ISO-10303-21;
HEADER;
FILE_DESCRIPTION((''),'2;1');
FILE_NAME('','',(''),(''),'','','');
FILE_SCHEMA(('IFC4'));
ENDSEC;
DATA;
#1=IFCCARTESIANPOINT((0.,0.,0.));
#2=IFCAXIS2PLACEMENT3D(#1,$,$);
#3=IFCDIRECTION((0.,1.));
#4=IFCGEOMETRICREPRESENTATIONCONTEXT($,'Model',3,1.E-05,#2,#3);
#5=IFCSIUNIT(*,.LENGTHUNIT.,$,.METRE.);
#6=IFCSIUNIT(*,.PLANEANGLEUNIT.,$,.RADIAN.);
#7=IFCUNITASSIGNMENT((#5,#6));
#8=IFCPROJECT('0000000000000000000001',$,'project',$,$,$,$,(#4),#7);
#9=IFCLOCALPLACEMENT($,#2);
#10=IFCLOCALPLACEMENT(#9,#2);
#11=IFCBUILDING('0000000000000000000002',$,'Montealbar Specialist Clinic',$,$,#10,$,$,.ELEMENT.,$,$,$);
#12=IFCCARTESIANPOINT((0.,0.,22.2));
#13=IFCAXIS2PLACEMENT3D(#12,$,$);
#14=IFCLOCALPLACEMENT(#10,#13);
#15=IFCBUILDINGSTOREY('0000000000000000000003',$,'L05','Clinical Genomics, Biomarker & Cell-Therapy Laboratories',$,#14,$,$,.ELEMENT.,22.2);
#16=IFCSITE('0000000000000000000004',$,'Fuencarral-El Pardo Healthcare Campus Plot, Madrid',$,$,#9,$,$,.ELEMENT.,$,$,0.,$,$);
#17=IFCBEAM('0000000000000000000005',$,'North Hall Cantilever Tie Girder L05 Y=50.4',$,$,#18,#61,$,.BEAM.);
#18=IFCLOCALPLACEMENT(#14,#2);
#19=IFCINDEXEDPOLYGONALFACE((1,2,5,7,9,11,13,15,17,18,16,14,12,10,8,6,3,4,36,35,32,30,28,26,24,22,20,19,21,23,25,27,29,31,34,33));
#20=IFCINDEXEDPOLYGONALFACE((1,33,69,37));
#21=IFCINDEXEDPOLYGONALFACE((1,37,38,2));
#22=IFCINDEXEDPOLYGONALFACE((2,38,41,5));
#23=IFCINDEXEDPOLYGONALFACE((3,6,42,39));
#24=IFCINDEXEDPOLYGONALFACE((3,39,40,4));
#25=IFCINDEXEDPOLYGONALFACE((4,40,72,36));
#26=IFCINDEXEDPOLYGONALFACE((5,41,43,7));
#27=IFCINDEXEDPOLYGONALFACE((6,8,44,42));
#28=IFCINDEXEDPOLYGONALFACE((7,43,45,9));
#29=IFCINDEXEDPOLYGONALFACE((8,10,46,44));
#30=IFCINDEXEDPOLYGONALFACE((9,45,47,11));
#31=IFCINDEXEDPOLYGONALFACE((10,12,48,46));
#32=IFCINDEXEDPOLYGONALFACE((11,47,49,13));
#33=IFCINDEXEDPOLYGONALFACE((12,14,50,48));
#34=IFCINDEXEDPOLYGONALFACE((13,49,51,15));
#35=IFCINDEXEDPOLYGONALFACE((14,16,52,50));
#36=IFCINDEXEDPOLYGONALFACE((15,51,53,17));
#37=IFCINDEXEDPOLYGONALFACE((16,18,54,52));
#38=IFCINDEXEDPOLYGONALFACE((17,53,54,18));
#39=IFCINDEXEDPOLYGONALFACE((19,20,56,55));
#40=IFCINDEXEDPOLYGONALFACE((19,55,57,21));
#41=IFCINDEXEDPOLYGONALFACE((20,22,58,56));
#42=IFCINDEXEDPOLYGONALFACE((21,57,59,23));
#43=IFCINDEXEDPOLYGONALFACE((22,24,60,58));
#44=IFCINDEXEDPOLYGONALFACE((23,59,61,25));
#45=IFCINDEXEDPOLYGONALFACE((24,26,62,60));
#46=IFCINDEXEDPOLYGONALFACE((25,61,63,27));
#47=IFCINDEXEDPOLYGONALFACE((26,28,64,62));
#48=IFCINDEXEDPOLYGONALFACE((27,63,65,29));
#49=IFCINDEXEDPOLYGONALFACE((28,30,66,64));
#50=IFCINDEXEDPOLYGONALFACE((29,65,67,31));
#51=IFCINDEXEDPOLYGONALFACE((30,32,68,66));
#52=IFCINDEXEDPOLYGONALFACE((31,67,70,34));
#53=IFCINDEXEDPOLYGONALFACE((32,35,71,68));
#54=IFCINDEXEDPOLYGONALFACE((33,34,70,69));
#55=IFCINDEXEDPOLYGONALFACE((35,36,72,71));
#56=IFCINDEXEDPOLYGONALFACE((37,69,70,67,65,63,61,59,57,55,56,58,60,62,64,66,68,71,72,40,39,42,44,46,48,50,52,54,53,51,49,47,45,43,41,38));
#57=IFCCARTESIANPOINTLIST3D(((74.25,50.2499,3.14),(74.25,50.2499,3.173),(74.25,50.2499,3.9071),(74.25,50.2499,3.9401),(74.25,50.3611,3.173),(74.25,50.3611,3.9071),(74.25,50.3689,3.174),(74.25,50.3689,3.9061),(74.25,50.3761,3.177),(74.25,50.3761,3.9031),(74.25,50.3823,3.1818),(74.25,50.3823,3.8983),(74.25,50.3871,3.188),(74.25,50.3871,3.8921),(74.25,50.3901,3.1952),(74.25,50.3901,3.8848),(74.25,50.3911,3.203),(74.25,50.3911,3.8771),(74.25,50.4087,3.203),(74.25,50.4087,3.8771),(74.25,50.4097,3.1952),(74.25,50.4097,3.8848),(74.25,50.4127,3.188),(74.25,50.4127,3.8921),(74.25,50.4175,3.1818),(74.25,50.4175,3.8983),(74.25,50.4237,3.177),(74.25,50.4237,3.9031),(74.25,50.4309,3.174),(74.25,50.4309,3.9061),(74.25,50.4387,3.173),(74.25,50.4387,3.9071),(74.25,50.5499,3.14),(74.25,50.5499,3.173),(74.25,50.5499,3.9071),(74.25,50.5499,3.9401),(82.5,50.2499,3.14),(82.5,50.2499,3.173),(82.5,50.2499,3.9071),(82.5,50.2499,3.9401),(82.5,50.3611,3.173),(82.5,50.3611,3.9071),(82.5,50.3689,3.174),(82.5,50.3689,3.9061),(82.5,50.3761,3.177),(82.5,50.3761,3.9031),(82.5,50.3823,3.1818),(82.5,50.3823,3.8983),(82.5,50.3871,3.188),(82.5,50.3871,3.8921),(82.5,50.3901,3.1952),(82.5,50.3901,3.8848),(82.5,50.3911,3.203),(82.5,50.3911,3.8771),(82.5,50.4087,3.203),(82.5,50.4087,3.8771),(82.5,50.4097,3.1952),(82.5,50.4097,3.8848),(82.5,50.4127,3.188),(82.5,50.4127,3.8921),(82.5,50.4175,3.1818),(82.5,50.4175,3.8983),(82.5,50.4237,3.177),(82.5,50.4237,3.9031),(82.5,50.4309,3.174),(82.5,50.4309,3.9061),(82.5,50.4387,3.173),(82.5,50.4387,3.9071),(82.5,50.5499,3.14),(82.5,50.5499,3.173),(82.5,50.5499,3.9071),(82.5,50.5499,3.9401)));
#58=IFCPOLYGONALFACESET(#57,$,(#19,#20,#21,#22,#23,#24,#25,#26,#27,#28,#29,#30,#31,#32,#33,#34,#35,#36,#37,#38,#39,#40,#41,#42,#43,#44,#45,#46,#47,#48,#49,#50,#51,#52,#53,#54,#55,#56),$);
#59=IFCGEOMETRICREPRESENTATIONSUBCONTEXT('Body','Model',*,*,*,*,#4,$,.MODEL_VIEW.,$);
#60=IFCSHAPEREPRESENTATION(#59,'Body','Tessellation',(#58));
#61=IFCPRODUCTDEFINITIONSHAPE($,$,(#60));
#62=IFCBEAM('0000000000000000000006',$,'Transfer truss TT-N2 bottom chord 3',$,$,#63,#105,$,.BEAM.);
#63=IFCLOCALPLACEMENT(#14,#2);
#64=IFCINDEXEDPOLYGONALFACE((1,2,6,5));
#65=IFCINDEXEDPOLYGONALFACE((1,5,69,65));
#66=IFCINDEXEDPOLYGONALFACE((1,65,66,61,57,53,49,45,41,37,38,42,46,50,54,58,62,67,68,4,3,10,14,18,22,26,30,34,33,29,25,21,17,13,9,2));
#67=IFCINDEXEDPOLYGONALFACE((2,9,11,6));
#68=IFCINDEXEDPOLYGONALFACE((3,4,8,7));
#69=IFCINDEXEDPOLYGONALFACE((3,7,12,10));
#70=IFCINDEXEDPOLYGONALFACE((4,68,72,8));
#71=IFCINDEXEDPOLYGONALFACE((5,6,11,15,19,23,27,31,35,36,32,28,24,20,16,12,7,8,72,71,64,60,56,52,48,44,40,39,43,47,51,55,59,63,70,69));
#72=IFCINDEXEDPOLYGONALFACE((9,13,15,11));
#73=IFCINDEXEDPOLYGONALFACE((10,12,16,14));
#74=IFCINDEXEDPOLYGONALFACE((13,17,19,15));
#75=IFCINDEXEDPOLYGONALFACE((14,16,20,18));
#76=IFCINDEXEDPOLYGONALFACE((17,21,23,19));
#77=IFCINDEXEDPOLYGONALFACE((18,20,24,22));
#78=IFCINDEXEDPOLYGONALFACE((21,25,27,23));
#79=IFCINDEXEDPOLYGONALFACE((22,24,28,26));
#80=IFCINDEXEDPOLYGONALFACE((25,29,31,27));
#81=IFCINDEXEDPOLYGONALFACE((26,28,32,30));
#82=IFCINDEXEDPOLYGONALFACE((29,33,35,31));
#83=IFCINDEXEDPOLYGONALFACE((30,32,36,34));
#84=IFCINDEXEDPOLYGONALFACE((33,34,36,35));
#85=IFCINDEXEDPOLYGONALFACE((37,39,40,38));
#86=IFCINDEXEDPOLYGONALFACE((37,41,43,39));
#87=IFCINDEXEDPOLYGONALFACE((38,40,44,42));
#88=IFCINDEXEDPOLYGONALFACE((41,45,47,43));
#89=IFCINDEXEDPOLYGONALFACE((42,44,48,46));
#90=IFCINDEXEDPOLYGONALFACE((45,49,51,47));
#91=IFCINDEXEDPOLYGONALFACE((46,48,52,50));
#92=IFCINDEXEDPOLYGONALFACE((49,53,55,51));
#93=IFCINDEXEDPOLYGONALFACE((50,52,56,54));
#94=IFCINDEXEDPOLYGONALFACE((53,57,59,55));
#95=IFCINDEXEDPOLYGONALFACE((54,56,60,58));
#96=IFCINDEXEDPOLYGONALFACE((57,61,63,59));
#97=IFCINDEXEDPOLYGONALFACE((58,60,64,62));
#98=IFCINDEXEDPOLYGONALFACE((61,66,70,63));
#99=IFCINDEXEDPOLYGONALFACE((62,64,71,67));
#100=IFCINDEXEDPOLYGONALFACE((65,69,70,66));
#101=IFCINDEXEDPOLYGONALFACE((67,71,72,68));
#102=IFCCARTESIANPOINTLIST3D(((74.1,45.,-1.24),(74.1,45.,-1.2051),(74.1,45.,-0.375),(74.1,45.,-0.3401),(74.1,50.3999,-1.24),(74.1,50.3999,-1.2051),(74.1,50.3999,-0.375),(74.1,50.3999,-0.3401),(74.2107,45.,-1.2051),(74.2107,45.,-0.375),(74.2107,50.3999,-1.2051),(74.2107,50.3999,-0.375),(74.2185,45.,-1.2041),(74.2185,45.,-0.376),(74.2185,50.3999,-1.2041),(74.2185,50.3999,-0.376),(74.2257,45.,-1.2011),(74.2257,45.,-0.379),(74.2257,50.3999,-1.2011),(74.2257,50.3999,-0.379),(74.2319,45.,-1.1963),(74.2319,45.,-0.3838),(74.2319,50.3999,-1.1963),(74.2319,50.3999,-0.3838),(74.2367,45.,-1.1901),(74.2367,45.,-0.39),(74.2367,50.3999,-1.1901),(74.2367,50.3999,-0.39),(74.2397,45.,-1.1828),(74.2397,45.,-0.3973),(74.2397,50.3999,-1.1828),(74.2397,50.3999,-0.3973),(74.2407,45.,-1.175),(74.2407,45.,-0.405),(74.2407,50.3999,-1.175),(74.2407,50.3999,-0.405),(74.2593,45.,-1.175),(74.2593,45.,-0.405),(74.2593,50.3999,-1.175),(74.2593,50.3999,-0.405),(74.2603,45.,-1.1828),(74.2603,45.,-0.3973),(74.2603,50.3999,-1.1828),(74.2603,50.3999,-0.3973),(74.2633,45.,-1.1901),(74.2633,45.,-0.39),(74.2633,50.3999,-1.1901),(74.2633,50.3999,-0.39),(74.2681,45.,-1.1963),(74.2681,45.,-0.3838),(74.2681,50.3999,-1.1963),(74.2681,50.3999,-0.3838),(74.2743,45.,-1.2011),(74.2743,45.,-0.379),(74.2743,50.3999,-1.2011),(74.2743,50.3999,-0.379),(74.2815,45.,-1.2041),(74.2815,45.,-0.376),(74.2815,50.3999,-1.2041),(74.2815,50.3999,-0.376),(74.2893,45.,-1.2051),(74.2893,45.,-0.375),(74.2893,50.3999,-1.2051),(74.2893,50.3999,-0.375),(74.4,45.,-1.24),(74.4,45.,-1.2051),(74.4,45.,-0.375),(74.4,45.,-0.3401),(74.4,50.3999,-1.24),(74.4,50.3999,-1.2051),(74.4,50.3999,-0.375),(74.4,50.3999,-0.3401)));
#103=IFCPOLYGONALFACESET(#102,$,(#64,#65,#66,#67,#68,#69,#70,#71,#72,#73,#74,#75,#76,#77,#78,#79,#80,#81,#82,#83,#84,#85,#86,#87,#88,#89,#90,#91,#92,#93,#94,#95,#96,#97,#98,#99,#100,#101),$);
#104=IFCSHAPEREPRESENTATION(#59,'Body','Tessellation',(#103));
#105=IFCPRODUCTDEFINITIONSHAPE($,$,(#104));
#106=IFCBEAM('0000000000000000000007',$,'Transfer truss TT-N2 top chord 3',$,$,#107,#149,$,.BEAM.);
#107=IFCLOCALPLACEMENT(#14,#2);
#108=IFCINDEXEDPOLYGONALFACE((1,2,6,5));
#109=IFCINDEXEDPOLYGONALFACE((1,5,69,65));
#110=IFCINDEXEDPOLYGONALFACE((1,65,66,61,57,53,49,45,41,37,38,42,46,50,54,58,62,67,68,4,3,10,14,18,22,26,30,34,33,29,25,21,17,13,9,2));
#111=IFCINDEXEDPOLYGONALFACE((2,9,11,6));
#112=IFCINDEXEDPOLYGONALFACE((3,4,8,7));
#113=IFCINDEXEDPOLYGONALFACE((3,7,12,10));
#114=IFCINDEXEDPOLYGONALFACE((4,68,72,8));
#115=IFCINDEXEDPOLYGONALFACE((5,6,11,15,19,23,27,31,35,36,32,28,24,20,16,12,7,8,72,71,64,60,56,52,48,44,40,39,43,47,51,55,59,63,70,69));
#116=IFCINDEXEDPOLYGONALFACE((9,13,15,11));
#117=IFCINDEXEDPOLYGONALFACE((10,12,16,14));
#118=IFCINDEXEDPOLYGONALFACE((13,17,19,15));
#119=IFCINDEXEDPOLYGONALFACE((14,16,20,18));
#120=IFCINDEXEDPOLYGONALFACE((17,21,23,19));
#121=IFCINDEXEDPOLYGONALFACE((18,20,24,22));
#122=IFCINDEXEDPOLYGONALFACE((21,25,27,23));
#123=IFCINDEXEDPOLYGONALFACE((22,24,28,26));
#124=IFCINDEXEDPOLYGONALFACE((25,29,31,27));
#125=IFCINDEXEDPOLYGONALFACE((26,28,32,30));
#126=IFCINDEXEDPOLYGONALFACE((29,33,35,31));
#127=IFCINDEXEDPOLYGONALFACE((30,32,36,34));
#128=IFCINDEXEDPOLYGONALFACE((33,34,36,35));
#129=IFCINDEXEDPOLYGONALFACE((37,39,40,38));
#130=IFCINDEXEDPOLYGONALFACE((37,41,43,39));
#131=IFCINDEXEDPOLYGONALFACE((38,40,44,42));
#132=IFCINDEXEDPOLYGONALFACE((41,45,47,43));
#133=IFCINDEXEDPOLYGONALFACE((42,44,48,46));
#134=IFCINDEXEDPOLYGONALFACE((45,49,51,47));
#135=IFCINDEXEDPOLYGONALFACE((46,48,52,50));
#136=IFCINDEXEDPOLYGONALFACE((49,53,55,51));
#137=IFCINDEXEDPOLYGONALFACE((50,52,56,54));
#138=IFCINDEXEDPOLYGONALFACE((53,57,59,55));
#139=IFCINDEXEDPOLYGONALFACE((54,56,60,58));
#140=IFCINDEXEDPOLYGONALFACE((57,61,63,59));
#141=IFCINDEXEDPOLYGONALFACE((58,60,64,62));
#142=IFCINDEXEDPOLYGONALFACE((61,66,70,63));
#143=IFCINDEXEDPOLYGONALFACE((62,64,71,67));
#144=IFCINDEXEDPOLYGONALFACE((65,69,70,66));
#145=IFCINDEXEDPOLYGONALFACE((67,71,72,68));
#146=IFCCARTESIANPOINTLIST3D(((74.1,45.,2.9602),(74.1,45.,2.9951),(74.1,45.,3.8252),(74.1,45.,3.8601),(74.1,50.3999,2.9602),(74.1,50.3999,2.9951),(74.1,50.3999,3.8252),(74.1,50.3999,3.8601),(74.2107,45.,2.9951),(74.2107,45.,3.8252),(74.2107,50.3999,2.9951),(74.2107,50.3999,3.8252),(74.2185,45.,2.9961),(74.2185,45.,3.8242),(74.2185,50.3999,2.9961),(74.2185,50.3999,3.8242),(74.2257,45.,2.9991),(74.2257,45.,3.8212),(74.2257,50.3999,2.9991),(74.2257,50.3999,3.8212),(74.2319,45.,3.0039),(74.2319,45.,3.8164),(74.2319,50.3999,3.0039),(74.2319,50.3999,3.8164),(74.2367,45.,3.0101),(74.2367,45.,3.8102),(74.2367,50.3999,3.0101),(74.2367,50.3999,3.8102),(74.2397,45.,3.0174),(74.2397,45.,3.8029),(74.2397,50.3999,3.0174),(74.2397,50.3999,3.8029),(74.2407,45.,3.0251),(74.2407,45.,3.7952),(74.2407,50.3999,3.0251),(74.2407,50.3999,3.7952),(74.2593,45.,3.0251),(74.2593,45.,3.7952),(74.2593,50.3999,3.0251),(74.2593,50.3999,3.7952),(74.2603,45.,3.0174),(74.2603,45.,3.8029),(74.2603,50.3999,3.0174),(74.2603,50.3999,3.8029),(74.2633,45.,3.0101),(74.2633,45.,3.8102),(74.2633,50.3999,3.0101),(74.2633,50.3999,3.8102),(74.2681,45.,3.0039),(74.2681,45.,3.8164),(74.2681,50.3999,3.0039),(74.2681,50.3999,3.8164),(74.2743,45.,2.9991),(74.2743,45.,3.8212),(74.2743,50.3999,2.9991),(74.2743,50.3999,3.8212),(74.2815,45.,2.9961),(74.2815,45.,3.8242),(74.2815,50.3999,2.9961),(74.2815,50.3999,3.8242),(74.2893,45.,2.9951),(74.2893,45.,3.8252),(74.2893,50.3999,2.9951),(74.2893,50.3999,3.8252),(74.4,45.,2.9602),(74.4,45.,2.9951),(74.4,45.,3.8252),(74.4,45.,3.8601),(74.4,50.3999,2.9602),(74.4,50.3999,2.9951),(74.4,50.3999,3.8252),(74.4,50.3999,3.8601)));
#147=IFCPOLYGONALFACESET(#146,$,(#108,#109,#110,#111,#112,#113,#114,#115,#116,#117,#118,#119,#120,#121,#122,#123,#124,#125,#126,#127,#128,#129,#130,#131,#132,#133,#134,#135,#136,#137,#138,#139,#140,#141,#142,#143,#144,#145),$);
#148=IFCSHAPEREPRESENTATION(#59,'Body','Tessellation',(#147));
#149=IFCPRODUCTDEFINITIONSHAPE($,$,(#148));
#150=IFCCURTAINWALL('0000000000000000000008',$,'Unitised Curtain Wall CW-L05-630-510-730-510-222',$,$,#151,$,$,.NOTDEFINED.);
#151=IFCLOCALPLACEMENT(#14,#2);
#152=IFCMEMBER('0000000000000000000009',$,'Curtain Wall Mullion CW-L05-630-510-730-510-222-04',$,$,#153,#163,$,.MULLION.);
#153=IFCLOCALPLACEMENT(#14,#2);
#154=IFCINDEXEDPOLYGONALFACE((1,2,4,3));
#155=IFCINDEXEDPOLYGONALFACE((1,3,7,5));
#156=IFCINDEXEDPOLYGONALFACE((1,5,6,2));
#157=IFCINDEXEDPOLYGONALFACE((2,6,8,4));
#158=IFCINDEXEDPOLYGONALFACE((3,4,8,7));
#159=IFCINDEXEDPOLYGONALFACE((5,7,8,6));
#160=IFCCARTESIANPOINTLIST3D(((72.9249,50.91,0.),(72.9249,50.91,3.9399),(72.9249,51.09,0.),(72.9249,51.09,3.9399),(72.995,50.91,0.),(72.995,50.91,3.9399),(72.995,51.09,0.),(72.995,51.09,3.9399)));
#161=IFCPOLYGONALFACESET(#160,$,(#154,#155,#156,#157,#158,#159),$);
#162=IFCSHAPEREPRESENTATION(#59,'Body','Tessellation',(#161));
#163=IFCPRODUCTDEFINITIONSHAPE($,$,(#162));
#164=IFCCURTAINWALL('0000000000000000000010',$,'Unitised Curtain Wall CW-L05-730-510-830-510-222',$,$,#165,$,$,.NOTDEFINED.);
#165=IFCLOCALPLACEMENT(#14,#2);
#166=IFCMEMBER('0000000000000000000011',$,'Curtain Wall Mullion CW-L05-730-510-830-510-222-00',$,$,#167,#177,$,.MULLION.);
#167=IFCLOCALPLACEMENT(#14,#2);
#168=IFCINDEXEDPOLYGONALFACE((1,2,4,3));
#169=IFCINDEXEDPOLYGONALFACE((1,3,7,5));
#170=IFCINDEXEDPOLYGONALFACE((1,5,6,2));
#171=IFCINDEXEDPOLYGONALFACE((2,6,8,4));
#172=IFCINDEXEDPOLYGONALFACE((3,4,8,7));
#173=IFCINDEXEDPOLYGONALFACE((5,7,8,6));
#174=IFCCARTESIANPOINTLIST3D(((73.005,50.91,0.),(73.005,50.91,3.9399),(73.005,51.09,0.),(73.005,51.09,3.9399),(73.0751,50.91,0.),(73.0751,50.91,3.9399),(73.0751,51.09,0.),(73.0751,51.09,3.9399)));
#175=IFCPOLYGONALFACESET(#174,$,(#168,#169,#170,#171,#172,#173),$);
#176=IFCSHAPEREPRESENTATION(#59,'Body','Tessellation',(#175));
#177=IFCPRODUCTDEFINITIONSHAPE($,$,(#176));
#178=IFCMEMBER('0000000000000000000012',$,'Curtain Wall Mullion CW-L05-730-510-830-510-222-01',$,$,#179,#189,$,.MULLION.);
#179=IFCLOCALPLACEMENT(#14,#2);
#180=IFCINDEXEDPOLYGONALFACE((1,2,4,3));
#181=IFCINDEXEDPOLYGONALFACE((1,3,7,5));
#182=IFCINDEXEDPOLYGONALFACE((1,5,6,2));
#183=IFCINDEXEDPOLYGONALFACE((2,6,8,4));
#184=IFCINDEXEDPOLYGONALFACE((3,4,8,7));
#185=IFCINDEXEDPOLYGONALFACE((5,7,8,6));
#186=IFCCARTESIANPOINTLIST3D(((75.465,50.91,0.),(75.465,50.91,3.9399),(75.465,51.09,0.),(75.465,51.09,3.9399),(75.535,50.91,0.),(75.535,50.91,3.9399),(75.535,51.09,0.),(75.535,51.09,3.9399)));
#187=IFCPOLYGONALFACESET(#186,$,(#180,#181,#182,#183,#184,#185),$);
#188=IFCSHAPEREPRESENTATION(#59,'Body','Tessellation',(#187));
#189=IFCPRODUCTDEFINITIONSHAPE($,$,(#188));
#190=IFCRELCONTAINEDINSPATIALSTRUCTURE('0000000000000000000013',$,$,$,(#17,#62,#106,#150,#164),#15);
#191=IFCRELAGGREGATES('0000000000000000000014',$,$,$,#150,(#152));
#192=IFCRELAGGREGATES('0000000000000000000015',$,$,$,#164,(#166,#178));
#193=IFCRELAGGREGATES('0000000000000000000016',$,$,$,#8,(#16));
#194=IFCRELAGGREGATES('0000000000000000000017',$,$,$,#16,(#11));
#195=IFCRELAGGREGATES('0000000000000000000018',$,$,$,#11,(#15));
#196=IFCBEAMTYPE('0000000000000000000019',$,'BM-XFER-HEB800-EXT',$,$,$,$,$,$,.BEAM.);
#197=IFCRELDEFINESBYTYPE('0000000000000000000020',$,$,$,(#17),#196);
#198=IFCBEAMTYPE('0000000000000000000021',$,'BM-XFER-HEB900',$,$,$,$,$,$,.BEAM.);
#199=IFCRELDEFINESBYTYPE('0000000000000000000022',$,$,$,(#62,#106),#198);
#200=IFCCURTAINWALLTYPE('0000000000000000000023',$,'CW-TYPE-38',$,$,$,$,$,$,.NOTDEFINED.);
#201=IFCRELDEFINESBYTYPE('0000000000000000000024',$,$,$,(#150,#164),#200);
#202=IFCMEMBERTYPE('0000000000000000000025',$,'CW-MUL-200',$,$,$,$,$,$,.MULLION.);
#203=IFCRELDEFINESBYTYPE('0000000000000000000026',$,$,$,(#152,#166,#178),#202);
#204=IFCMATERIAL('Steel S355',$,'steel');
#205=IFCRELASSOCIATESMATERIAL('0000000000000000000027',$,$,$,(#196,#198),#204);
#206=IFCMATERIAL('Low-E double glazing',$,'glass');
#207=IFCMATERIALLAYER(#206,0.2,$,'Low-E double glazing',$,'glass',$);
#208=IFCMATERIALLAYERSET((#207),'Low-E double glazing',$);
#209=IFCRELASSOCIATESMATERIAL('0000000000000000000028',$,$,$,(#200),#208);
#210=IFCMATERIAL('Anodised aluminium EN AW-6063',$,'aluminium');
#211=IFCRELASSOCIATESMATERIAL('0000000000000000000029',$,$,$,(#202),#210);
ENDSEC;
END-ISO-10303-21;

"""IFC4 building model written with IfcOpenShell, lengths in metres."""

from ifc_helpers import new_model, si_unit, direction, frame, origin, origin_2d, place, context, subcontext, project, spatial, rectangle, i_section, extrude, material, layer, layer_set, material_profile, profile_set, type_object, element, aggregate, save


model = new_model("IFC4")

# Units and contexts
model_context = context("Model", 3, precision=1e-05, world=origin(), true_north=direction((0.0, 1.0)))
body_context = subcontext(model_context, "Body", "Model", "MODEL_VIEW")
ifc_project = project(units=[si_unit("LENGTHUNIT", "METRE"), si_unit("PLANEANGLEUNIT", "RADIAN")], contexts=[model_context])

# Site, building, storey
site_placement = place(None, origin())
site = spatial("IfcSite", under=ifc_project, at=site_placement, Name="Fuencarral-El Pardo Healthcare Campus Plot, Madrid", CompositionType="ELEMENT", RefElevation=0.0)
building_placement = place(site_placement, origin())
building = spatial("IfcBuilding", under=site, at=building_placement, Name="Montealbar Specialist Clinic", CompositionType="ELEMENT")
storey_placement = place(building_placement, frame((0.0, 0.0, 22.2)))
storey = spatial("IfcBuildingStorey", under=building, at=storey_placement, Name="L05", Description="Clinical Genomics, Biomarker & Cell-Therapy Laboratories", CompositionType="ELEMENT", Elevation=22.2)

# Shared definitions
ifc_material_1 = material(Name="Steel S355", Category="steel")

# Beams
ifc_material_profile_1 = material_profile(ifc_material_1, i_section(OverallWidth=0.3, OverallDepth=0.8, WebThickness=0.0176, FlangeThickness=0.033, FilletRadius=0.03, at=origin_2d()), Name="HEB 800", Category="steel")
ifc_profile_set_1 = profile_set([ifc_material_profile_1], Name="Steel S355")
beam_type_1 = type_object("IfcBeamType", Name="BM-XFER-HEB800-EXT", PredefinedType="BEAM", material=ifc_profile_set_1)
beam_1_placement = place(storey_placement, frame((74.25, 50.3999, 3.54), z_axis=(1.0, 0.0, 0.0), x_axis=(0.0, 1.0, 0.0)))
element("IfcBeam", 1, at=beam_1_placement, inside=storey, type_object=beam_type_1, Name="North Hall Cantilever Tie Girder L05 Y=50.4", PredefinedType="BEAM", context=body_context, shape_type="SweptSolid", body=[
    extrude(i_section(OverallWidth=0.3, OverallDepth=0.8, WebThickness=0.0176, FlangeThickness=0.033, FilletRadius=0.03, at=origin_2d()), origin(), (0.0, 0.0, 1.0), 8.25),
])
ifc_material_profile_2 = material_profile(ifc_material_1, i_section(OverallWidth=0.3, OverallDepth=0.8999, WebThickness=0.0186, FlangeThickness=0.0349, FilletRadius=0.03, at=origin_2d()), Name="HEB 900", Category="steel")
ifc_profile_set_2 = profile_set([ifc_material_profile_2], Name="Steel S355")
beam_type_2 = type_object("IfcBeamType", Name="BM-XFER-HEB900", PredefinedType="BEAM", material=ifc_profile_set_2)
for number, where, z_axis, x_axis, name in (
    (2, (74.25, 45.0, -0.79), (0.0, 1.0, 0.0), (-1.0, 0.0, 0.0), "Transfer truss TT-N2 bottom chord 3"),
    (3, (74.25, 45.0, 3.4102), (0.0, 1.0, 0.0), (-1.0, 0.0, 0.0), "Transfer truss TT-N2 top chord 3"),
):
    element("IfcBeam", number, at=place(storey_placement, frame(where, z_axis=z_axis, x_axis=x_axis)), inside=storey, type_object=beam_type_2, Name=name, PredefinedType="BEAM", context=body_context, shape_type="SweptSolid", body=[
        extrude(i_section(OverallWidth=0.3, OverallDepth=0.8999, WebThickness=0.0186, FlangeThickness=0.0349, FilletRadius=0.03, at=origin_2d()), origin(), (0.0, 0.0, 1.0), 5.3999),
    ])

# Curtain wall, member
ifc_material_2 = material(Name="Low-E double glazing", Category="glass")
ifc_layer_1 = layer(ifc_material_2, 0.2, Name="Low-E double glazing", Category="glass")
ifc_layer_set_1 = layer_set([ifc_layer_1], Name="Low-E double glazing")
curtain_wall_type = type_object("IfcCurtainWallType", Name="CW-TYPE-38", PredefinedType="NOTDEFINED", material=ifc_layer_set_1)
curtain_wall_1_placement = place(storey_placement, origin())
curtain_wall_1 = element("IfcCurtainWall", 4, at=curtain_wall_1_placement, inside=storey, type_object=curtain_wall_type, Name="Unitised Curtain Wall CW-L05-630-510-730-510-222", PredefinedType="NOTDEFINED")
ifc_material_3 = material(Name="Anodised aluminium EN AW-6063", Category="aluminium")
ifc_material_profile_3 = material_profile(ifc_material_3, rectangle(XDim=0.0701, YDim=0.1799, at=origin_2d()), Name="ALU 70x180", Category="aluminium")
ifc_profile_set_3 = profile_set([ifc_material_profile_3], Name="Anodised aluminium EN AW-6063")
member_type_1 = type_object("IfcMemberType", Name="CW-MUL-200", PredefinedType="MULLION", material=ifc_profile_set_3)
member_1_placement = place(storey_placement, frame((72.96, 51.0, 0.0), z_axis=(0.0, 0.0, 1.0), x_axis=(1.0, 0.0, 0.0)))
member_1 = element("IfcMember", 5, at=member_1_placement, type_object=member_type_1, Name="Curtain Wall Mullion CW-L05-630-510-730-510-222-04", PredefinedType="MULLION", context=body_context, shape_type="SweptSolid", body=[
    extrude(rectangle(XDim=0.0701, YDim=0.1799, at=origin_2d()), origin(), (0.0, 0.0, 1.0), 3.9399),
])

# Curtain wall, members
curtain_wall_2_placement = place(storey_placement, origin())
curtain_wall_2 = element("IfcCurtainWall", 6, at=curtain_wall_2_placement, inside=storey, type_object=curtain_wall_type, Name="Unitised Curtain Wall CW-L05-730-510-830-510-222", PredefinedType="NOTDEFINED")
member_2_placement = place(storey_placement, frame((73.04, 51.0, 0.0), z_axis=(0.0, 0.0, 1.0), x_axis=(1.0, 0.0, 0.0)))
member_2 = element("IfcMember", 7, at=member_2_placement, type_object=member_type_1, Name="Curtain Wall Mullion CW-L05-730-510-830-510-222-00", PredefinedType="MULLION", context=body_context, shape_type="SweptSolid", body=[
    extrude(rectangle(XDim=0.0701, YDim=0.1799, at=origin_2d()), origin(), (0.0, 0.0, 1.0), 3.9399),
])
member_3_placement = place(storey_placement, frame((75.5, 51.0, 0.0), z_axis=(0.0, 0.0, 1.0), x_axis=(1.0, 0.0, 0.0)))
member_3 = element("IfcMember", 8, at=member_3_placement, type_object=member_type_1, Name="Curtain Wall Mullion CW-L05-730-510-830-510-222-01", PredefinedType="MULLION", context=body_context, shape_type="SweptSolid", body=[
    extrude(rectangle(XDim=0.0701, YDim=0.1799, at=origin_2d()), origin(), (0.0, 0.0, 1.0), 3.9399),
])

aggregate(curtain_wall_1, [member_1])
aggregate(curtain_wall_2, [member_2, member_3])

save(model, "model.ifc")
